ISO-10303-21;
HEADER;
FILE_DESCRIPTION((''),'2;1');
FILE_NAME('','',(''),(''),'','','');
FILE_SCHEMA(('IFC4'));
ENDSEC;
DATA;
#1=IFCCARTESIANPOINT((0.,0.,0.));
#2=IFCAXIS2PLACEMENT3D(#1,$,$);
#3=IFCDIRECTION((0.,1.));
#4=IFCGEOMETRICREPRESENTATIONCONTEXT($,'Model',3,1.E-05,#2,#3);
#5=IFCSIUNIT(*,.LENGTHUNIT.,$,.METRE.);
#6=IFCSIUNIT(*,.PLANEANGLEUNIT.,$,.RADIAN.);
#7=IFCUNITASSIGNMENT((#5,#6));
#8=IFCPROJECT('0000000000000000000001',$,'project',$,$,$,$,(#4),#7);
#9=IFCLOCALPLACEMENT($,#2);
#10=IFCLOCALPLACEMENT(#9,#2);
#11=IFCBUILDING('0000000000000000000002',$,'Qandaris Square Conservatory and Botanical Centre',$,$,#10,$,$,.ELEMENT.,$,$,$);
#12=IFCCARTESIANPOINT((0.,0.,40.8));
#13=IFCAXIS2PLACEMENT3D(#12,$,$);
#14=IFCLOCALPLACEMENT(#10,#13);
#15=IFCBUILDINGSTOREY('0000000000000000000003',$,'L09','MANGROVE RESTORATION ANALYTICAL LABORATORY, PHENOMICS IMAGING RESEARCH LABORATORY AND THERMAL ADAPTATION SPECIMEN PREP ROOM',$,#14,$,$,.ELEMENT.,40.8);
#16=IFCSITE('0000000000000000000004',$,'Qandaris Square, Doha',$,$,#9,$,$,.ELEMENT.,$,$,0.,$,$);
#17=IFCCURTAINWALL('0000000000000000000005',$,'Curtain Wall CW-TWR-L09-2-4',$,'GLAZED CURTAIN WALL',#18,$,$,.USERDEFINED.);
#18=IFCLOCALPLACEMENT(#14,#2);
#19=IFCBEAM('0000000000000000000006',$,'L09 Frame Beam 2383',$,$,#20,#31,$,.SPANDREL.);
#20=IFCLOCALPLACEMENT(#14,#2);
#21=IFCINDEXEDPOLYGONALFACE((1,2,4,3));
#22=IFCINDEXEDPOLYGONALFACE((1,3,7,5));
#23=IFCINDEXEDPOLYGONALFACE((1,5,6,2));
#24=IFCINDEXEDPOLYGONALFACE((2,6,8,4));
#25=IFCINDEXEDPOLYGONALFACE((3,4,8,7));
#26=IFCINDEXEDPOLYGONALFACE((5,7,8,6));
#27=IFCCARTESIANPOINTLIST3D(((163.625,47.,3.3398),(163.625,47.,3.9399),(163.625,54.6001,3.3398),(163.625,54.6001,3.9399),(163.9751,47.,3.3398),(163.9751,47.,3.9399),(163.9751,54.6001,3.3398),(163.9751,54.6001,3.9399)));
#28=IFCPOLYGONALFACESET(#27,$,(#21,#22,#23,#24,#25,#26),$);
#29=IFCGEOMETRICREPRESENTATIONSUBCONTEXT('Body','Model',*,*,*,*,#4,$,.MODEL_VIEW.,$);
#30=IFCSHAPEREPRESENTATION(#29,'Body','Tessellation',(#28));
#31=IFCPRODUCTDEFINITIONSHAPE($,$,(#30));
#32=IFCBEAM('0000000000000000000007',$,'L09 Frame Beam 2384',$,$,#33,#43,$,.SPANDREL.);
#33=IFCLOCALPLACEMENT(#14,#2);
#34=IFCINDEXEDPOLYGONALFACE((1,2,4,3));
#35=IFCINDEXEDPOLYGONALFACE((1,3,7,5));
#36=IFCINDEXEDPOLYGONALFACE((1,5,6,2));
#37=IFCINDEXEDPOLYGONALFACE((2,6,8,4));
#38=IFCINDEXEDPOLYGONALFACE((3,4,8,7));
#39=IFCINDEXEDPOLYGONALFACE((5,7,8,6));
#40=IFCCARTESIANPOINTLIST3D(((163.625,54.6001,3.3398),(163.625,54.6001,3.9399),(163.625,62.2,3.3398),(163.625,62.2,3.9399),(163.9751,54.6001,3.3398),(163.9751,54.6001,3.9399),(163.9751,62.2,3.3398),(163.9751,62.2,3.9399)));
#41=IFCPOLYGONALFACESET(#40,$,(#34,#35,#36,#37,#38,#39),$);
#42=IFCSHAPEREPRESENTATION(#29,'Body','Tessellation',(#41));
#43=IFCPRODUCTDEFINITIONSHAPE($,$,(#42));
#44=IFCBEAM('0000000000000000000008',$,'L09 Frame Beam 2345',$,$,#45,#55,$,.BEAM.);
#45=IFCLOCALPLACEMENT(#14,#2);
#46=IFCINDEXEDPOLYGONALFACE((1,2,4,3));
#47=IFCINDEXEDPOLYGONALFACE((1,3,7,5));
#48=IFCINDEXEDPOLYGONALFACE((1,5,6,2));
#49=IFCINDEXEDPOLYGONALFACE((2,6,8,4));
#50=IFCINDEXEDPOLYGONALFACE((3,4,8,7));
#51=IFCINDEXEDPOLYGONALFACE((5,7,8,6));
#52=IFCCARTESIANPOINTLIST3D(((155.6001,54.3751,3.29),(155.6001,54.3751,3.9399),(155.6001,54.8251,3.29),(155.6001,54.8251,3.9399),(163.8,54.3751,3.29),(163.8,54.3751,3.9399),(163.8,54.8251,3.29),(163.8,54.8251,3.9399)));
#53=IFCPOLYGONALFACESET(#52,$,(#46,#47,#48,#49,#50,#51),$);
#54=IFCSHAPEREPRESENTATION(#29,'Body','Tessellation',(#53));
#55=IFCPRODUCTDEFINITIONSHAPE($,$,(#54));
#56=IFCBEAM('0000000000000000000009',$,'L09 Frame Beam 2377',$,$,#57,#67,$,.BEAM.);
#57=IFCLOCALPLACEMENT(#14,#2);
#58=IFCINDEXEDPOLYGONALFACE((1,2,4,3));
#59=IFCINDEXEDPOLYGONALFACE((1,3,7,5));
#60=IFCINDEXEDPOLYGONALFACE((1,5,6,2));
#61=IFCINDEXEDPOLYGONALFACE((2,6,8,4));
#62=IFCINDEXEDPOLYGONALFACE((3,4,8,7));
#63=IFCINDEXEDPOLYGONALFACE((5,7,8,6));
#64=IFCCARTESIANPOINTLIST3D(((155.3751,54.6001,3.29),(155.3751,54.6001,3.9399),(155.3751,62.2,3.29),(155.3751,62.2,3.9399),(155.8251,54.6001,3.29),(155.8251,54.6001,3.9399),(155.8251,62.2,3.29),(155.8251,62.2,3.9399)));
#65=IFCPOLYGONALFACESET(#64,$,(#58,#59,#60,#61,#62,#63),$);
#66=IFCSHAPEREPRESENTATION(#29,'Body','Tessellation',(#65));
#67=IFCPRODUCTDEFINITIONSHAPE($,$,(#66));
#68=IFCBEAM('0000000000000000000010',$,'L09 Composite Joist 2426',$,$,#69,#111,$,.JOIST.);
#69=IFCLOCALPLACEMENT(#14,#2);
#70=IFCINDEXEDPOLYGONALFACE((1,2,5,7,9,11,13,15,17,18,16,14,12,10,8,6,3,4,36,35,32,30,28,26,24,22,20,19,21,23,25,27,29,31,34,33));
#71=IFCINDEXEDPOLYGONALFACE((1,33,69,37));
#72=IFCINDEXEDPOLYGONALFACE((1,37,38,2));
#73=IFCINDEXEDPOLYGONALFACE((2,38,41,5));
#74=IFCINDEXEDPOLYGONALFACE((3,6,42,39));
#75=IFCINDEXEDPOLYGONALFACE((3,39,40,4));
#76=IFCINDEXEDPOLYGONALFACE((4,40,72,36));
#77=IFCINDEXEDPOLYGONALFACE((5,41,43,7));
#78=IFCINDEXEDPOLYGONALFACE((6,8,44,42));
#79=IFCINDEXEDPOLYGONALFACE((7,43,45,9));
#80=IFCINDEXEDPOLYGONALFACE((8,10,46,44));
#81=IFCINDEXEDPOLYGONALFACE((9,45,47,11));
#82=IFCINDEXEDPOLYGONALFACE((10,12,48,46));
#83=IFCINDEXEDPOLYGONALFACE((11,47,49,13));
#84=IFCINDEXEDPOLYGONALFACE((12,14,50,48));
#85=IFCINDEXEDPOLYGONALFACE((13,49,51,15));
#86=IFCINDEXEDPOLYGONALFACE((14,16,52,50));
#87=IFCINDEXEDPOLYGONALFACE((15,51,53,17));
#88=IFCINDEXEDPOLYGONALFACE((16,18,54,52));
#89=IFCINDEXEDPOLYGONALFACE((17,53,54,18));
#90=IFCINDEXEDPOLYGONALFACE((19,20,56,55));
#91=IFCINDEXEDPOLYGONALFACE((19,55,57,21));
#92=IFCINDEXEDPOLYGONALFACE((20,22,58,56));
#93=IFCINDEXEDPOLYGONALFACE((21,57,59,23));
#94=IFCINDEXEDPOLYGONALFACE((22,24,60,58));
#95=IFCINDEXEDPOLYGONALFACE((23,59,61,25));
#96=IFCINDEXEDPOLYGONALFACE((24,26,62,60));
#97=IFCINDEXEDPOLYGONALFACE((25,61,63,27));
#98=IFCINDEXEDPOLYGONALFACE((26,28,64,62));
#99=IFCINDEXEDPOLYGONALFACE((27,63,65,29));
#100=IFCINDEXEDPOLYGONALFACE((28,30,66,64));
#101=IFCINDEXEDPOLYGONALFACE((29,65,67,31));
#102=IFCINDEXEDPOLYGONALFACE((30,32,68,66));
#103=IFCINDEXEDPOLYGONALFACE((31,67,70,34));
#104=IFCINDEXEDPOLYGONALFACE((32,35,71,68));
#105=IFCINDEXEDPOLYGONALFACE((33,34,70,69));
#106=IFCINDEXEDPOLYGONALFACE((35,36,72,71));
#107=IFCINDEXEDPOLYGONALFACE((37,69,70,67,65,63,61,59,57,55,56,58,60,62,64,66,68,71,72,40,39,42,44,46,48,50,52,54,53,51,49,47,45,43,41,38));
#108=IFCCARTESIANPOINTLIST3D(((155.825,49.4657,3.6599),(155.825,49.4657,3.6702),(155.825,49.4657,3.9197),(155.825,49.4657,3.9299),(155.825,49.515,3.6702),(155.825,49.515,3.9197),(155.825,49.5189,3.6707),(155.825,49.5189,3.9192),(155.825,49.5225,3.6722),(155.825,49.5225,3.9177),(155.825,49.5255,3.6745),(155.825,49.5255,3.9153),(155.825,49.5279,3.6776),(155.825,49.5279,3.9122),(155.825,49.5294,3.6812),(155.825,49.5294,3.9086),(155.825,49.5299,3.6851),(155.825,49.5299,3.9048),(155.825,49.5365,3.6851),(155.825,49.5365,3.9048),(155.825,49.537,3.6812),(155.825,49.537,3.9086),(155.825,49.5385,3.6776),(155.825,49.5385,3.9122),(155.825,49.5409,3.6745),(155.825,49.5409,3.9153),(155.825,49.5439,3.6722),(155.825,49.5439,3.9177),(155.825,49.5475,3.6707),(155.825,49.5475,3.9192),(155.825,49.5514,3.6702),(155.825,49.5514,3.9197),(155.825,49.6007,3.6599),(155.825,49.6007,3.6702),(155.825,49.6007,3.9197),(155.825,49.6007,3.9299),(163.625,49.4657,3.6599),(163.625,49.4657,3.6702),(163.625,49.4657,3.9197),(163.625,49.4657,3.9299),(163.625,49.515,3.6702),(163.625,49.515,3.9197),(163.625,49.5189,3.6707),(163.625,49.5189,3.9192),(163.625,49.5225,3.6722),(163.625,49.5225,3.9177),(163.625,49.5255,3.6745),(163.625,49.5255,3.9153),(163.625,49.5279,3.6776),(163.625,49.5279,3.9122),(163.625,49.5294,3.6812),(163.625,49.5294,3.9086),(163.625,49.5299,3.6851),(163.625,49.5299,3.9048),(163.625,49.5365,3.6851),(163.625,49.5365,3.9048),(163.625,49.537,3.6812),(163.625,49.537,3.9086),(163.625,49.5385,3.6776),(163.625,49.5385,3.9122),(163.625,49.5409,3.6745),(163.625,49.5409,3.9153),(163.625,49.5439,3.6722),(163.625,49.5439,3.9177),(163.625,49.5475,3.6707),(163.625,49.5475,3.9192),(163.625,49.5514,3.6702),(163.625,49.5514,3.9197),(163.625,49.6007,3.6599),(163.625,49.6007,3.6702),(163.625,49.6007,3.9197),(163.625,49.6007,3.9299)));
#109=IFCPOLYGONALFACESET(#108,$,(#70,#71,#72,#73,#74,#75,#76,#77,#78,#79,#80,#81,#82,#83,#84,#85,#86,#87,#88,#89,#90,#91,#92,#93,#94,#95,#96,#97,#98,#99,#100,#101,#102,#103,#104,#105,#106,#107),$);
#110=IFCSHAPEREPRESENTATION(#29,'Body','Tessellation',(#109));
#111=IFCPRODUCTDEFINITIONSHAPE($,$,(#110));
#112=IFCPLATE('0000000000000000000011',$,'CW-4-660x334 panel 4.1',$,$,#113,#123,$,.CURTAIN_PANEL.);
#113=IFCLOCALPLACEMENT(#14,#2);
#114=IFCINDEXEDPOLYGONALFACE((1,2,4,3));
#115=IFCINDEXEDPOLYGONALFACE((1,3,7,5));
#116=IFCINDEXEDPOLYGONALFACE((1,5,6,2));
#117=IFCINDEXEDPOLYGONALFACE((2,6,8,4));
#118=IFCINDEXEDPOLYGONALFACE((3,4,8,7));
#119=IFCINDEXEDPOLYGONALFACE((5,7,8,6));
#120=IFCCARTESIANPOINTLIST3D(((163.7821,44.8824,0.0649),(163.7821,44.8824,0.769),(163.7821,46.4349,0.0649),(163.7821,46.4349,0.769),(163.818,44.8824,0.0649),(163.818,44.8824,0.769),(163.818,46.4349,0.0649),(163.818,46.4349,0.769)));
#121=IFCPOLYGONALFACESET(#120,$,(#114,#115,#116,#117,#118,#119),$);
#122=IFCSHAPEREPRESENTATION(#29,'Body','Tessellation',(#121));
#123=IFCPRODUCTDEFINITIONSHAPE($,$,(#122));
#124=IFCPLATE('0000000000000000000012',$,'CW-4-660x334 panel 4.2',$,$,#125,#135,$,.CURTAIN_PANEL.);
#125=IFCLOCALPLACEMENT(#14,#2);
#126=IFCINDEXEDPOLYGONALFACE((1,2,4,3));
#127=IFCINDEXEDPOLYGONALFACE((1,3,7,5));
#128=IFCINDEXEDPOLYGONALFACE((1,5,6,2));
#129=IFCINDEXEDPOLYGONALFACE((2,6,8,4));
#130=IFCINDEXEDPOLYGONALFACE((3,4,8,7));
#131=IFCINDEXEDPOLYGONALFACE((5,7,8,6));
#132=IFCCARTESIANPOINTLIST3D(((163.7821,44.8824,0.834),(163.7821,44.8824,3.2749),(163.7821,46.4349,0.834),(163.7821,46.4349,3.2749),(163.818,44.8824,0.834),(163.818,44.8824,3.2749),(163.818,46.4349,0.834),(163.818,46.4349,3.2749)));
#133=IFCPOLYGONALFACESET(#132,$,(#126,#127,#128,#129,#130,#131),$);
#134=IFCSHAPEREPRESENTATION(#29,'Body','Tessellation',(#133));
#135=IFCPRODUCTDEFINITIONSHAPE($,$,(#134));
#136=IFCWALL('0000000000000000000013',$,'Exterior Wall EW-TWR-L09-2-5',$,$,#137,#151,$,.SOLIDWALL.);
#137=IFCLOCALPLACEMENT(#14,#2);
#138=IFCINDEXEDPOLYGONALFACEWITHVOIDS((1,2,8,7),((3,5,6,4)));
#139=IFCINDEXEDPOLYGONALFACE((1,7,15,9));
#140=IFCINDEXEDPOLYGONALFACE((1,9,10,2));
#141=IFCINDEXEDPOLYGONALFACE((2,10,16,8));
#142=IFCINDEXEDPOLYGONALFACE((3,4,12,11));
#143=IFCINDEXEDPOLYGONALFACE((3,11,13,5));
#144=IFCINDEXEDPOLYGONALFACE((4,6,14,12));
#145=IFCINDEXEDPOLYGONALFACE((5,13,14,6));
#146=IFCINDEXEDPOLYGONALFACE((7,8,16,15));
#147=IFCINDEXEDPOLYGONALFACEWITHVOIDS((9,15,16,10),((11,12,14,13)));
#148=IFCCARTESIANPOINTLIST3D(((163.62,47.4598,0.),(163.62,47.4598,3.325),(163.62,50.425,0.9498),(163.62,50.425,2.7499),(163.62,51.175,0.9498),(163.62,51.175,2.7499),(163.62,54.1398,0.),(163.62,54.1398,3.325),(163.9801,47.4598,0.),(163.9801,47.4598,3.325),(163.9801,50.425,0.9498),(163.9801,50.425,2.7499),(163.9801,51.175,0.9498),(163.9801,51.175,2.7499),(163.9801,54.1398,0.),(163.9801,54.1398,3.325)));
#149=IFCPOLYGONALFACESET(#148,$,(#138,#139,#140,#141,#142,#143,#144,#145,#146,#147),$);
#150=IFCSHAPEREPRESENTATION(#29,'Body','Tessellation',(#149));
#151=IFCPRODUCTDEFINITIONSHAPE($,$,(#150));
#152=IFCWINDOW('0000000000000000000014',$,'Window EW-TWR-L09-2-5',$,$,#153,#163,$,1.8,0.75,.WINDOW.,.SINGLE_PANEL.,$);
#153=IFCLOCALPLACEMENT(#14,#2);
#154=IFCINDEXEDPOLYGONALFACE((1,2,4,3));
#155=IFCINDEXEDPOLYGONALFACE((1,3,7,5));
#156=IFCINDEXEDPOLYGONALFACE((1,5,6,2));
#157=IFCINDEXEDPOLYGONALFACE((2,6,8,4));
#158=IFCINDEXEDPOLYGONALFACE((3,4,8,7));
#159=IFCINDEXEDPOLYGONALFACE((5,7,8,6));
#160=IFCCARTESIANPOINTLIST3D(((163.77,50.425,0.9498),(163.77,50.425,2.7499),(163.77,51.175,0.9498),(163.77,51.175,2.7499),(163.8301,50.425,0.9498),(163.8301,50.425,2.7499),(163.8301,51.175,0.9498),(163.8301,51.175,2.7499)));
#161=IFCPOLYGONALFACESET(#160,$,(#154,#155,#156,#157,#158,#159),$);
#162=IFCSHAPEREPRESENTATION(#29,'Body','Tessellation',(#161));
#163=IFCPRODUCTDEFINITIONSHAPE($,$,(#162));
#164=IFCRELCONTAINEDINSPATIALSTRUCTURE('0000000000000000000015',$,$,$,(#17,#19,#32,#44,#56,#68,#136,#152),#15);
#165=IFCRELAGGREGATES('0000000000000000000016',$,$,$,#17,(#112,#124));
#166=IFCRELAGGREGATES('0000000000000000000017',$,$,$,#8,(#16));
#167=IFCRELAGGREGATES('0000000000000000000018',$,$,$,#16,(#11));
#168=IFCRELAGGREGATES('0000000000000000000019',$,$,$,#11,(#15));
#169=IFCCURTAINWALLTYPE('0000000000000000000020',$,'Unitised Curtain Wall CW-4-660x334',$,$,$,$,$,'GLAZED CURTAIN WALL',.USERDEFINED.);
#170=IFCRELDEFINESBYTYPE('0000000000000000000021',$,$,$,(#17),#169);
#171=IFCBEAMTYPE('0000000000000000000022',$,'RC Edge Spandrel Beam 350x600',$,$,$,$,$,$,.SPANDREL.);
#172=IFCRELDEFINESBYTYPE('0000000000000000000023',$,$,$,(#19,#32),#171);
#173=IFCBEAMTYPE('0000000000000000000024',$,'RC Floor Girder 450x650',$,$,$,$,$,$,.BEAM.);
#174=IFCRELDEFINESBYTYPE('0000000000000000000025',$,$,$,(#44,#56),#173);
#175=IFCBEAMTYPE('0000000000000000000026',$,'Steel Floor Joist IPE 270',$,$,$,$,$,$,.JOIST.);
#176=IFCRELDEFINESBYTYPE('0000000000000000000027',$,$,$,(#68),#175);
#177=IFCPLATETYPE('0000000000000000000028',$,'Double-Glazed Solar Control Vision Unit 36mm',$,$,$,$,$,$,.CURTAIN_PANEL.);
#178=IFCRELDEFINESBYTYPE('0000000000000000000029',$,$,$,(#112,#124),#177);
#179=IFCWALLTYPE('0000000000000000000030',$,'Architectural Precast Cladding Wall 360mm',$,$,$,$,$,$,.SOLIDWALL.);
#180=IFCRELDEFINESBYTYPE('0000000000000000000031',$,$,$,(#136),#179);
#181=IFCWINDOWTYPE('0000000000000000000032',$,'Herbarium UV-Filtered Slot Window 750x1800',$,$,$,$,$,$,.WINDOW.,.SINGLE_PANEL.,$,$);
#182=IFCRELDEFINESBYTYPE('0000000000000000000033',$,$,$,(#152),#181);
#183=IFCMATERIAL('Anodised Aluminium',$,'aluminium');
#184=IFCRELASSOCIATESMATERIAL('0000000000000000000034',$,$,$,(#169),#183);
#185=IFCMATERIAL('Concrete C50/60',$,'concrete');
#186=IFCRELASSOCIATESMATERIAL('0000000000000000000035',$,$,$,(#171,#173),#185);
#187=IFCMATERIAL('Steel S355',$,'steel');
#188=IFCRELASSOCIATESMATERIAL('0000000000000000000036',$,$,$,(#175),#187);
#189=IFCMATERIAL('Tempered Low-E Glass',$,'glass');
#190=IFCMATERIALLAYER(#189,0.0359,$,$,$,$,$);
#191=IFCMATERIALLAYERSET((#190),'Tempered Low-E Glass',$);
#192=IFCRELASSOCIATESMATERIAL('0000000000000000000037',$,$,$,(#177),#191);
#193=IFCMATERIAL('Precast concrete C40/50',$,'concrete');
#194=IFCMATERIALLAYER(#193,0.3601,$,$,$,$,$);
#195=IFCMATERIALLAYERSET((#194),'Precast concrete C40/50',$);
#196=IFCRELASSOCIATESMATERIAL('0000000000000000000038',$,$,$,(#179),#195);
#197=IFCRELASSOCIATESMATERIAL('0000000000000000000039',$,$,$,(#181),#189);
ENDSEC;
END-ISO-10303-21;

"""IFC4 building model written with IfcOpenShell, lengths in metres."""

from ifc_helpers import new_model, si_unit, direction, frame, frame_2d, origin, origin_2d, place, context, subcontext, project, spatial, rectangle, i_section, extrude, material, layer, layer_set, material_profile, profile_set, type_object, element, fill, aggregate, save


model = new_model("IFC4")

# Units and contexts
model_context = context("Model", 3, precision=1e-05, world=origin(), true_north=direction((0.0, 1.0)))
body_context = subcontext(model_context, "Body", "Model", "MODEL_VIEW")
ifc_project = project(units=[si_unit("LENGTHUNIT", "METRE"), si_unit("PLANEANGLEUNIT", "RADIAN")], contexts=[model_context])

# Site, building, storey
site_placement = place(None, origin())
site = spatial("IfcSite", under=ifc_project, at=site_placement, Name="Qandaris Square, Doha", CompositionType="ELEMENT", RefElevation=0.0)
building_placement = place(site_placement, origin())
building = spatial("IfcBuilding", under=site, at=building_placement, Name="Qandaris Square Conservatory and Botanical Centre", CompositionType="ELEMENT")
storey_placement = place(building_placement, frame((0.0, 0.0, 40.8)))
storey = spatial("IfcBuildingStorey", under=building, at=storey_placement, Name="L09", Description="MANGROVE RESTORATION ANALYTICAL LABORATORY, PHENOMICS IMAGING RESEARCH LABORATORY AND THERMAL ADAPTATION SPECIMEN PREP ROOM", CompositionType="ELEMENT", Elevation=40.8)

# Shared definitions
ifc_material_1 = material(Name="Concrete C50/60", Category="concrete")

# Shared definitions
ifc_material_2 = material(Name="Steel S355", Category="steel")

# Curtain wall
ifc_material_3 = material(Name="Anodised Aluminium", Category="aluminium")
curtain_wall_type = type_object("IfcCurtainWallType", Name="Unitised Curtain Wall CW-4-660x334", ElementType="GLAZED CURTAIN WALL", PredefinedType="USERDEFINED", material=ifc_material_3)
curtain_wall_placement = place(storey_placement, origin())
curtain_wall = element("IfcCurtainWall", 1, at=curtain_wall_placement, inside=storey, type_object=curtain_wall_type, Name="Curtain Wall CW-TWR-L09-2-4", ObjectType="GLAZED CURTAIN WALL", PredefinedType="USERDEFINED")

# Beams
ifc_material_profile_1 = material_profile(ifc_material_1, rectangle(XDim=0.3501, YDim=0.6001, at=origin_2d()), Name="RC-SP 350x600")
ifc_profile_set_1 = profile_set([ifc_material_profile_1], Name="Concrete C50/60")
beam_type_1 = type_object("IfcBeamType", Name="RC Edge Spandrel Beam 350x600", PredefinedType="SPANDREL", material=ifc_profile_set_1)
beam_1_placement = place(storey_placement, frame((163.8, 47.0, 3.6399), z_axis=(0.0, 1.0, 0.0), x_axis=(-1.0, 0.0, 0.0)))
element("IfcBeam", 2, at=beam_1_placement, inside=storey, type_object=beam_type_1, Name="L09 Frame Beam 2383", PredefinedType="SPANDREL", context=body_context, shape_type="SweptSolid", body=[
    extrude(rectangle(XDim=0.3501, YDim=0.6001, at=origin_2d()), origin(), (0.0, 0.0, 1.0), 7.6001),
])
beam_2_placement = place(storey_placement, frame((163.8, 54.6001, 3.6399), z_axis=(0.0, 1.0, 0.0), x_axis=(-1.0, 0.0, 0.0)))
element("IfcBeam", 3, at=beam_2_placement, inside=storey, type_object=beam_type_1, Name="L09 Frame Beam 2384", PredefinedType="SPANDREL", context=body_context, shape_type="SweptSolid", body=[
    extrude(rectangle(XDim=0.3501, YDim=0.6001, at=origin_2d()), origin(), (0.0, 0.0, 1.0), 7.5999),
])
ifc_material_profile_2 = material_profile(ifc_material_1, rectangle(XDim=0.45, YDim=0.6499, at=origin_2d()), Name="RC-BM 450x650")
ifc_profile_set_2 = profile_set([ifc_material_profile_2], Name="Concrete C50/60")
beam_type_2 = type_object("IfcBeamType", Name="RC Floor Girder 450x650", PredefinedType="BEAM", material=ifc_profile_set_2)
beam_3_placement = place(storey_placement, frame((155.6001, 54.6001, 3.615), z_axis=(1.0, 0.0, 0.0), x_axis=(0.0, 1.0, 0.0)))
element("IfcBeam", 4, at=beam_3_placement, inside=storey, type_object=beam_type_2, Name="L09 Frame Beam 2345", PredefinedType="BEAM", context=body_context, shape_type="SweptSolid", body=[
    extrude(rectangle(XDim=0.45, YDim=0.6499, at=origin_2d()), origin(), (0.0, 0.0, 1.0), 8.2),
])
beam_4_placement = place(storey_placement, frame((155.6001, 54.6001, 3.615), z_axis=(0.0, 1.0, 0.0), x_axis=(-1.0, 0.0, 0.0)))
element("IfcBeam", 5, at=beam_4_placement, inside=storey, type_object=beam_type_2, Name="L09 Frame Beam 2377", PredefinedType="BEAM", context=body_context, shape_type="SweptSolid", body=[
    extrude(rectangle(XDim=0.45, YDim=0.6499, at=origin_2d()), origin(), (0.0, 0.0, 1.0), 7.5999),
])
ifc_material_profile_3 = material_profile(ifc_material_2, i_section(OverallWidth=0.135, OverallDepth=0.27, WebThickness=0.0066, FlangeThickness=0.0103, FilletRadius=0.0149, at=origin_2d()), Name="IPE 270")
ifc_profile_set_3 = profile_set([ifc_material_profile_3], Name="Steel S355")
beam_type_3 = type_object("IfcBeamType", Name="Steel Floor Joist IPE 270", PredefinedType="JOIST", material=ifc_profile_set_3)
beam_5_placement = place(storey_placement, frame((155.825, 49.5332, 3.7949), z_axis=(1.0, 0.0, 0.0), x_axis=(0.0, 1.0, 0.0)))
element("IfcBeam", 6, at=beam_5_placement, inside=storey, type_object=beam_type_3, Name="L09 Composite Joist 2426", PredefinedType="JOIST", context=body_context, shape_type="SweptSolid", body=[
    extrude(i_section(OverallWidth=0.135, OverallDepth=0.27, WebThickness=0.0066, FlangeThickness=0.0103, FilletRadius=0.0149, at=origin_2d()), origin(), (0.0, 0.0, 1.0), 7.8),
])

# Plates
ifc_material_4 = material(Name="Tempered Low-E Glass", Category="glass")
ifc_layer_1 = layer(ifc_material_4, 0.0359)
ifc_layer_set_1 = layer_set([ifc_layer_1], Name="Tempered Low-E Glass")
plate_type = type_object("IfcPlateType", Name="Double-Glazed Solar Control Vision Unit 36mm", PredefinedType="CURTAIN_PANEL", material=ifc_layer_set_1)
plate_1_placement = place(storey_placement, frame((163.8, 45.6587, 0.0649), z_axis=(0.0, 0.0, 1.0), x_axis=(0.0, 1.0, 0.0)))
plate_1 = element("IfcPlate", 7, at=plate_1_placement, type_object=plate_type, Name="CW-4-660x334 panel 4.1", PredefinedType="CURTAIN_PANEL", context=body_context, shape_type="SweptSolid", body=[
    extrude(rectangle(XDim=1.5525, YDim=0.0359, at=origin_2d()), origin(), (0.0, 0.0, 1.0), 0.7041),
])
plate_2_placement = place(storey_placement, frame((163.8, 45.6587, 0.834), z_axis=(0.0, 0.0, 1.0), x_axis=(0.0, 1.0, 0.0)))
plate_2 = element("IfcPlate", 8, at=plate_2_placement, type_object=plate_type, Name="CW-4-660x334 panel 4.2", PredefinedType="CURTAIN_PANEL", context=body_context, shape_type="SweptSolid", body=[
    extrude(rectangle(XDim=1.5525, YDim=0.0359, at=origin_2d()), origin(), (0.0, 0.0, 1.0), 2.4409),
])
aggregate(curtain_wall, [plate_1, plate_2])

# Wall, opening, window
ifc_material_5 = material(Name="Precast concrete C40/50", Category="concrete")
ifc_layer_2 = layer(ifc_material_5, 0.3601)
ifc_layer_set_2 = layer_set([ifc_layer_2], Name="Precast concrete C40/50")
wall_type = type_object("IfcWallType", Name="Architectural Precast Cladding Wall 360mm", PredefinedType="SOLIDWALL", material=ifc_layer_set_2)
wall_1_placement = place(storey_placement, frame((163.8, 47.46, 0.0), z_axis=(0.0, 0.0, 1.0), x_axis=(0.0, 1.0, 0.0)))
wall_1 = element("IfcWall", 9, at=wall_1_placement, inside=storey, type_object=wall_type, Name="Exterior Wall EW-TWR-L09-2-5", PredefinedType="SOLIDWALL", context=body_context, shape_type="SweptSolid", body=[
    extrude(rectangle(XDim=6.6799, YDim=0.3601, at=frame_2d((3.3398, 0.0))), origin(), (0.0, 0.0, 1.0), 3.325),
])
opening_1_placement = place(wall_1_placement, frame((2.9651, 0.0, 0.95)))
opening_1 = element("IfcOpeningElement", 10, at=opening_1_placement, cuts=wall_1, PredefinedType="OPENING", context=body_context, shape_type="SweptSolid", body=[
    extrude(rectangle(XDim=0.75, YDim=1.8, at=frame_2d((0.375, 0.8999))), frame((0.0, 0.1919, 0.0), z_axis=(0.0, -1.0, 0.0), x_axis=(1.0, 0.0, 0.0)), (0.0, 0.0, 1.0), 0.384),
])
window_type_1 = type_object("IfcWindowType", Name="Herbarium UV-Filtered Slot Window 750x1800", PartitioningType="SINGLE_PANEL", PredefinedType="WINDOW", material=ifc_material_4)
window_1_placement = place(opening_1_placement, origin())
window_1 = element("IfcWindow", 11, at=window_1_placement, inside=storey, type_object=window_type_1, Name="Window EW-TWR-L09-2-5", OverallHeight=1.8, OverallWidth=0.75, PartitioningType="SINGLE_PANEL", PredefinedType="WINDOW", context=body_context, shape_type="SweptSolid", body=[
    extrude(rectangle(XDim=0.75, YDim=1.8, at=frame_2d((0.375, 0.8999))), frame((0.0, 0.03, 0.0), z_axis=(0.0, -1.0, 0.0), x_axis=(1.0, 0.0, 0.0)), (0.0, 0.0, 1.0), 0.0601),
])
fill(opening_1, window_1)

save(model, "model.ifc")
